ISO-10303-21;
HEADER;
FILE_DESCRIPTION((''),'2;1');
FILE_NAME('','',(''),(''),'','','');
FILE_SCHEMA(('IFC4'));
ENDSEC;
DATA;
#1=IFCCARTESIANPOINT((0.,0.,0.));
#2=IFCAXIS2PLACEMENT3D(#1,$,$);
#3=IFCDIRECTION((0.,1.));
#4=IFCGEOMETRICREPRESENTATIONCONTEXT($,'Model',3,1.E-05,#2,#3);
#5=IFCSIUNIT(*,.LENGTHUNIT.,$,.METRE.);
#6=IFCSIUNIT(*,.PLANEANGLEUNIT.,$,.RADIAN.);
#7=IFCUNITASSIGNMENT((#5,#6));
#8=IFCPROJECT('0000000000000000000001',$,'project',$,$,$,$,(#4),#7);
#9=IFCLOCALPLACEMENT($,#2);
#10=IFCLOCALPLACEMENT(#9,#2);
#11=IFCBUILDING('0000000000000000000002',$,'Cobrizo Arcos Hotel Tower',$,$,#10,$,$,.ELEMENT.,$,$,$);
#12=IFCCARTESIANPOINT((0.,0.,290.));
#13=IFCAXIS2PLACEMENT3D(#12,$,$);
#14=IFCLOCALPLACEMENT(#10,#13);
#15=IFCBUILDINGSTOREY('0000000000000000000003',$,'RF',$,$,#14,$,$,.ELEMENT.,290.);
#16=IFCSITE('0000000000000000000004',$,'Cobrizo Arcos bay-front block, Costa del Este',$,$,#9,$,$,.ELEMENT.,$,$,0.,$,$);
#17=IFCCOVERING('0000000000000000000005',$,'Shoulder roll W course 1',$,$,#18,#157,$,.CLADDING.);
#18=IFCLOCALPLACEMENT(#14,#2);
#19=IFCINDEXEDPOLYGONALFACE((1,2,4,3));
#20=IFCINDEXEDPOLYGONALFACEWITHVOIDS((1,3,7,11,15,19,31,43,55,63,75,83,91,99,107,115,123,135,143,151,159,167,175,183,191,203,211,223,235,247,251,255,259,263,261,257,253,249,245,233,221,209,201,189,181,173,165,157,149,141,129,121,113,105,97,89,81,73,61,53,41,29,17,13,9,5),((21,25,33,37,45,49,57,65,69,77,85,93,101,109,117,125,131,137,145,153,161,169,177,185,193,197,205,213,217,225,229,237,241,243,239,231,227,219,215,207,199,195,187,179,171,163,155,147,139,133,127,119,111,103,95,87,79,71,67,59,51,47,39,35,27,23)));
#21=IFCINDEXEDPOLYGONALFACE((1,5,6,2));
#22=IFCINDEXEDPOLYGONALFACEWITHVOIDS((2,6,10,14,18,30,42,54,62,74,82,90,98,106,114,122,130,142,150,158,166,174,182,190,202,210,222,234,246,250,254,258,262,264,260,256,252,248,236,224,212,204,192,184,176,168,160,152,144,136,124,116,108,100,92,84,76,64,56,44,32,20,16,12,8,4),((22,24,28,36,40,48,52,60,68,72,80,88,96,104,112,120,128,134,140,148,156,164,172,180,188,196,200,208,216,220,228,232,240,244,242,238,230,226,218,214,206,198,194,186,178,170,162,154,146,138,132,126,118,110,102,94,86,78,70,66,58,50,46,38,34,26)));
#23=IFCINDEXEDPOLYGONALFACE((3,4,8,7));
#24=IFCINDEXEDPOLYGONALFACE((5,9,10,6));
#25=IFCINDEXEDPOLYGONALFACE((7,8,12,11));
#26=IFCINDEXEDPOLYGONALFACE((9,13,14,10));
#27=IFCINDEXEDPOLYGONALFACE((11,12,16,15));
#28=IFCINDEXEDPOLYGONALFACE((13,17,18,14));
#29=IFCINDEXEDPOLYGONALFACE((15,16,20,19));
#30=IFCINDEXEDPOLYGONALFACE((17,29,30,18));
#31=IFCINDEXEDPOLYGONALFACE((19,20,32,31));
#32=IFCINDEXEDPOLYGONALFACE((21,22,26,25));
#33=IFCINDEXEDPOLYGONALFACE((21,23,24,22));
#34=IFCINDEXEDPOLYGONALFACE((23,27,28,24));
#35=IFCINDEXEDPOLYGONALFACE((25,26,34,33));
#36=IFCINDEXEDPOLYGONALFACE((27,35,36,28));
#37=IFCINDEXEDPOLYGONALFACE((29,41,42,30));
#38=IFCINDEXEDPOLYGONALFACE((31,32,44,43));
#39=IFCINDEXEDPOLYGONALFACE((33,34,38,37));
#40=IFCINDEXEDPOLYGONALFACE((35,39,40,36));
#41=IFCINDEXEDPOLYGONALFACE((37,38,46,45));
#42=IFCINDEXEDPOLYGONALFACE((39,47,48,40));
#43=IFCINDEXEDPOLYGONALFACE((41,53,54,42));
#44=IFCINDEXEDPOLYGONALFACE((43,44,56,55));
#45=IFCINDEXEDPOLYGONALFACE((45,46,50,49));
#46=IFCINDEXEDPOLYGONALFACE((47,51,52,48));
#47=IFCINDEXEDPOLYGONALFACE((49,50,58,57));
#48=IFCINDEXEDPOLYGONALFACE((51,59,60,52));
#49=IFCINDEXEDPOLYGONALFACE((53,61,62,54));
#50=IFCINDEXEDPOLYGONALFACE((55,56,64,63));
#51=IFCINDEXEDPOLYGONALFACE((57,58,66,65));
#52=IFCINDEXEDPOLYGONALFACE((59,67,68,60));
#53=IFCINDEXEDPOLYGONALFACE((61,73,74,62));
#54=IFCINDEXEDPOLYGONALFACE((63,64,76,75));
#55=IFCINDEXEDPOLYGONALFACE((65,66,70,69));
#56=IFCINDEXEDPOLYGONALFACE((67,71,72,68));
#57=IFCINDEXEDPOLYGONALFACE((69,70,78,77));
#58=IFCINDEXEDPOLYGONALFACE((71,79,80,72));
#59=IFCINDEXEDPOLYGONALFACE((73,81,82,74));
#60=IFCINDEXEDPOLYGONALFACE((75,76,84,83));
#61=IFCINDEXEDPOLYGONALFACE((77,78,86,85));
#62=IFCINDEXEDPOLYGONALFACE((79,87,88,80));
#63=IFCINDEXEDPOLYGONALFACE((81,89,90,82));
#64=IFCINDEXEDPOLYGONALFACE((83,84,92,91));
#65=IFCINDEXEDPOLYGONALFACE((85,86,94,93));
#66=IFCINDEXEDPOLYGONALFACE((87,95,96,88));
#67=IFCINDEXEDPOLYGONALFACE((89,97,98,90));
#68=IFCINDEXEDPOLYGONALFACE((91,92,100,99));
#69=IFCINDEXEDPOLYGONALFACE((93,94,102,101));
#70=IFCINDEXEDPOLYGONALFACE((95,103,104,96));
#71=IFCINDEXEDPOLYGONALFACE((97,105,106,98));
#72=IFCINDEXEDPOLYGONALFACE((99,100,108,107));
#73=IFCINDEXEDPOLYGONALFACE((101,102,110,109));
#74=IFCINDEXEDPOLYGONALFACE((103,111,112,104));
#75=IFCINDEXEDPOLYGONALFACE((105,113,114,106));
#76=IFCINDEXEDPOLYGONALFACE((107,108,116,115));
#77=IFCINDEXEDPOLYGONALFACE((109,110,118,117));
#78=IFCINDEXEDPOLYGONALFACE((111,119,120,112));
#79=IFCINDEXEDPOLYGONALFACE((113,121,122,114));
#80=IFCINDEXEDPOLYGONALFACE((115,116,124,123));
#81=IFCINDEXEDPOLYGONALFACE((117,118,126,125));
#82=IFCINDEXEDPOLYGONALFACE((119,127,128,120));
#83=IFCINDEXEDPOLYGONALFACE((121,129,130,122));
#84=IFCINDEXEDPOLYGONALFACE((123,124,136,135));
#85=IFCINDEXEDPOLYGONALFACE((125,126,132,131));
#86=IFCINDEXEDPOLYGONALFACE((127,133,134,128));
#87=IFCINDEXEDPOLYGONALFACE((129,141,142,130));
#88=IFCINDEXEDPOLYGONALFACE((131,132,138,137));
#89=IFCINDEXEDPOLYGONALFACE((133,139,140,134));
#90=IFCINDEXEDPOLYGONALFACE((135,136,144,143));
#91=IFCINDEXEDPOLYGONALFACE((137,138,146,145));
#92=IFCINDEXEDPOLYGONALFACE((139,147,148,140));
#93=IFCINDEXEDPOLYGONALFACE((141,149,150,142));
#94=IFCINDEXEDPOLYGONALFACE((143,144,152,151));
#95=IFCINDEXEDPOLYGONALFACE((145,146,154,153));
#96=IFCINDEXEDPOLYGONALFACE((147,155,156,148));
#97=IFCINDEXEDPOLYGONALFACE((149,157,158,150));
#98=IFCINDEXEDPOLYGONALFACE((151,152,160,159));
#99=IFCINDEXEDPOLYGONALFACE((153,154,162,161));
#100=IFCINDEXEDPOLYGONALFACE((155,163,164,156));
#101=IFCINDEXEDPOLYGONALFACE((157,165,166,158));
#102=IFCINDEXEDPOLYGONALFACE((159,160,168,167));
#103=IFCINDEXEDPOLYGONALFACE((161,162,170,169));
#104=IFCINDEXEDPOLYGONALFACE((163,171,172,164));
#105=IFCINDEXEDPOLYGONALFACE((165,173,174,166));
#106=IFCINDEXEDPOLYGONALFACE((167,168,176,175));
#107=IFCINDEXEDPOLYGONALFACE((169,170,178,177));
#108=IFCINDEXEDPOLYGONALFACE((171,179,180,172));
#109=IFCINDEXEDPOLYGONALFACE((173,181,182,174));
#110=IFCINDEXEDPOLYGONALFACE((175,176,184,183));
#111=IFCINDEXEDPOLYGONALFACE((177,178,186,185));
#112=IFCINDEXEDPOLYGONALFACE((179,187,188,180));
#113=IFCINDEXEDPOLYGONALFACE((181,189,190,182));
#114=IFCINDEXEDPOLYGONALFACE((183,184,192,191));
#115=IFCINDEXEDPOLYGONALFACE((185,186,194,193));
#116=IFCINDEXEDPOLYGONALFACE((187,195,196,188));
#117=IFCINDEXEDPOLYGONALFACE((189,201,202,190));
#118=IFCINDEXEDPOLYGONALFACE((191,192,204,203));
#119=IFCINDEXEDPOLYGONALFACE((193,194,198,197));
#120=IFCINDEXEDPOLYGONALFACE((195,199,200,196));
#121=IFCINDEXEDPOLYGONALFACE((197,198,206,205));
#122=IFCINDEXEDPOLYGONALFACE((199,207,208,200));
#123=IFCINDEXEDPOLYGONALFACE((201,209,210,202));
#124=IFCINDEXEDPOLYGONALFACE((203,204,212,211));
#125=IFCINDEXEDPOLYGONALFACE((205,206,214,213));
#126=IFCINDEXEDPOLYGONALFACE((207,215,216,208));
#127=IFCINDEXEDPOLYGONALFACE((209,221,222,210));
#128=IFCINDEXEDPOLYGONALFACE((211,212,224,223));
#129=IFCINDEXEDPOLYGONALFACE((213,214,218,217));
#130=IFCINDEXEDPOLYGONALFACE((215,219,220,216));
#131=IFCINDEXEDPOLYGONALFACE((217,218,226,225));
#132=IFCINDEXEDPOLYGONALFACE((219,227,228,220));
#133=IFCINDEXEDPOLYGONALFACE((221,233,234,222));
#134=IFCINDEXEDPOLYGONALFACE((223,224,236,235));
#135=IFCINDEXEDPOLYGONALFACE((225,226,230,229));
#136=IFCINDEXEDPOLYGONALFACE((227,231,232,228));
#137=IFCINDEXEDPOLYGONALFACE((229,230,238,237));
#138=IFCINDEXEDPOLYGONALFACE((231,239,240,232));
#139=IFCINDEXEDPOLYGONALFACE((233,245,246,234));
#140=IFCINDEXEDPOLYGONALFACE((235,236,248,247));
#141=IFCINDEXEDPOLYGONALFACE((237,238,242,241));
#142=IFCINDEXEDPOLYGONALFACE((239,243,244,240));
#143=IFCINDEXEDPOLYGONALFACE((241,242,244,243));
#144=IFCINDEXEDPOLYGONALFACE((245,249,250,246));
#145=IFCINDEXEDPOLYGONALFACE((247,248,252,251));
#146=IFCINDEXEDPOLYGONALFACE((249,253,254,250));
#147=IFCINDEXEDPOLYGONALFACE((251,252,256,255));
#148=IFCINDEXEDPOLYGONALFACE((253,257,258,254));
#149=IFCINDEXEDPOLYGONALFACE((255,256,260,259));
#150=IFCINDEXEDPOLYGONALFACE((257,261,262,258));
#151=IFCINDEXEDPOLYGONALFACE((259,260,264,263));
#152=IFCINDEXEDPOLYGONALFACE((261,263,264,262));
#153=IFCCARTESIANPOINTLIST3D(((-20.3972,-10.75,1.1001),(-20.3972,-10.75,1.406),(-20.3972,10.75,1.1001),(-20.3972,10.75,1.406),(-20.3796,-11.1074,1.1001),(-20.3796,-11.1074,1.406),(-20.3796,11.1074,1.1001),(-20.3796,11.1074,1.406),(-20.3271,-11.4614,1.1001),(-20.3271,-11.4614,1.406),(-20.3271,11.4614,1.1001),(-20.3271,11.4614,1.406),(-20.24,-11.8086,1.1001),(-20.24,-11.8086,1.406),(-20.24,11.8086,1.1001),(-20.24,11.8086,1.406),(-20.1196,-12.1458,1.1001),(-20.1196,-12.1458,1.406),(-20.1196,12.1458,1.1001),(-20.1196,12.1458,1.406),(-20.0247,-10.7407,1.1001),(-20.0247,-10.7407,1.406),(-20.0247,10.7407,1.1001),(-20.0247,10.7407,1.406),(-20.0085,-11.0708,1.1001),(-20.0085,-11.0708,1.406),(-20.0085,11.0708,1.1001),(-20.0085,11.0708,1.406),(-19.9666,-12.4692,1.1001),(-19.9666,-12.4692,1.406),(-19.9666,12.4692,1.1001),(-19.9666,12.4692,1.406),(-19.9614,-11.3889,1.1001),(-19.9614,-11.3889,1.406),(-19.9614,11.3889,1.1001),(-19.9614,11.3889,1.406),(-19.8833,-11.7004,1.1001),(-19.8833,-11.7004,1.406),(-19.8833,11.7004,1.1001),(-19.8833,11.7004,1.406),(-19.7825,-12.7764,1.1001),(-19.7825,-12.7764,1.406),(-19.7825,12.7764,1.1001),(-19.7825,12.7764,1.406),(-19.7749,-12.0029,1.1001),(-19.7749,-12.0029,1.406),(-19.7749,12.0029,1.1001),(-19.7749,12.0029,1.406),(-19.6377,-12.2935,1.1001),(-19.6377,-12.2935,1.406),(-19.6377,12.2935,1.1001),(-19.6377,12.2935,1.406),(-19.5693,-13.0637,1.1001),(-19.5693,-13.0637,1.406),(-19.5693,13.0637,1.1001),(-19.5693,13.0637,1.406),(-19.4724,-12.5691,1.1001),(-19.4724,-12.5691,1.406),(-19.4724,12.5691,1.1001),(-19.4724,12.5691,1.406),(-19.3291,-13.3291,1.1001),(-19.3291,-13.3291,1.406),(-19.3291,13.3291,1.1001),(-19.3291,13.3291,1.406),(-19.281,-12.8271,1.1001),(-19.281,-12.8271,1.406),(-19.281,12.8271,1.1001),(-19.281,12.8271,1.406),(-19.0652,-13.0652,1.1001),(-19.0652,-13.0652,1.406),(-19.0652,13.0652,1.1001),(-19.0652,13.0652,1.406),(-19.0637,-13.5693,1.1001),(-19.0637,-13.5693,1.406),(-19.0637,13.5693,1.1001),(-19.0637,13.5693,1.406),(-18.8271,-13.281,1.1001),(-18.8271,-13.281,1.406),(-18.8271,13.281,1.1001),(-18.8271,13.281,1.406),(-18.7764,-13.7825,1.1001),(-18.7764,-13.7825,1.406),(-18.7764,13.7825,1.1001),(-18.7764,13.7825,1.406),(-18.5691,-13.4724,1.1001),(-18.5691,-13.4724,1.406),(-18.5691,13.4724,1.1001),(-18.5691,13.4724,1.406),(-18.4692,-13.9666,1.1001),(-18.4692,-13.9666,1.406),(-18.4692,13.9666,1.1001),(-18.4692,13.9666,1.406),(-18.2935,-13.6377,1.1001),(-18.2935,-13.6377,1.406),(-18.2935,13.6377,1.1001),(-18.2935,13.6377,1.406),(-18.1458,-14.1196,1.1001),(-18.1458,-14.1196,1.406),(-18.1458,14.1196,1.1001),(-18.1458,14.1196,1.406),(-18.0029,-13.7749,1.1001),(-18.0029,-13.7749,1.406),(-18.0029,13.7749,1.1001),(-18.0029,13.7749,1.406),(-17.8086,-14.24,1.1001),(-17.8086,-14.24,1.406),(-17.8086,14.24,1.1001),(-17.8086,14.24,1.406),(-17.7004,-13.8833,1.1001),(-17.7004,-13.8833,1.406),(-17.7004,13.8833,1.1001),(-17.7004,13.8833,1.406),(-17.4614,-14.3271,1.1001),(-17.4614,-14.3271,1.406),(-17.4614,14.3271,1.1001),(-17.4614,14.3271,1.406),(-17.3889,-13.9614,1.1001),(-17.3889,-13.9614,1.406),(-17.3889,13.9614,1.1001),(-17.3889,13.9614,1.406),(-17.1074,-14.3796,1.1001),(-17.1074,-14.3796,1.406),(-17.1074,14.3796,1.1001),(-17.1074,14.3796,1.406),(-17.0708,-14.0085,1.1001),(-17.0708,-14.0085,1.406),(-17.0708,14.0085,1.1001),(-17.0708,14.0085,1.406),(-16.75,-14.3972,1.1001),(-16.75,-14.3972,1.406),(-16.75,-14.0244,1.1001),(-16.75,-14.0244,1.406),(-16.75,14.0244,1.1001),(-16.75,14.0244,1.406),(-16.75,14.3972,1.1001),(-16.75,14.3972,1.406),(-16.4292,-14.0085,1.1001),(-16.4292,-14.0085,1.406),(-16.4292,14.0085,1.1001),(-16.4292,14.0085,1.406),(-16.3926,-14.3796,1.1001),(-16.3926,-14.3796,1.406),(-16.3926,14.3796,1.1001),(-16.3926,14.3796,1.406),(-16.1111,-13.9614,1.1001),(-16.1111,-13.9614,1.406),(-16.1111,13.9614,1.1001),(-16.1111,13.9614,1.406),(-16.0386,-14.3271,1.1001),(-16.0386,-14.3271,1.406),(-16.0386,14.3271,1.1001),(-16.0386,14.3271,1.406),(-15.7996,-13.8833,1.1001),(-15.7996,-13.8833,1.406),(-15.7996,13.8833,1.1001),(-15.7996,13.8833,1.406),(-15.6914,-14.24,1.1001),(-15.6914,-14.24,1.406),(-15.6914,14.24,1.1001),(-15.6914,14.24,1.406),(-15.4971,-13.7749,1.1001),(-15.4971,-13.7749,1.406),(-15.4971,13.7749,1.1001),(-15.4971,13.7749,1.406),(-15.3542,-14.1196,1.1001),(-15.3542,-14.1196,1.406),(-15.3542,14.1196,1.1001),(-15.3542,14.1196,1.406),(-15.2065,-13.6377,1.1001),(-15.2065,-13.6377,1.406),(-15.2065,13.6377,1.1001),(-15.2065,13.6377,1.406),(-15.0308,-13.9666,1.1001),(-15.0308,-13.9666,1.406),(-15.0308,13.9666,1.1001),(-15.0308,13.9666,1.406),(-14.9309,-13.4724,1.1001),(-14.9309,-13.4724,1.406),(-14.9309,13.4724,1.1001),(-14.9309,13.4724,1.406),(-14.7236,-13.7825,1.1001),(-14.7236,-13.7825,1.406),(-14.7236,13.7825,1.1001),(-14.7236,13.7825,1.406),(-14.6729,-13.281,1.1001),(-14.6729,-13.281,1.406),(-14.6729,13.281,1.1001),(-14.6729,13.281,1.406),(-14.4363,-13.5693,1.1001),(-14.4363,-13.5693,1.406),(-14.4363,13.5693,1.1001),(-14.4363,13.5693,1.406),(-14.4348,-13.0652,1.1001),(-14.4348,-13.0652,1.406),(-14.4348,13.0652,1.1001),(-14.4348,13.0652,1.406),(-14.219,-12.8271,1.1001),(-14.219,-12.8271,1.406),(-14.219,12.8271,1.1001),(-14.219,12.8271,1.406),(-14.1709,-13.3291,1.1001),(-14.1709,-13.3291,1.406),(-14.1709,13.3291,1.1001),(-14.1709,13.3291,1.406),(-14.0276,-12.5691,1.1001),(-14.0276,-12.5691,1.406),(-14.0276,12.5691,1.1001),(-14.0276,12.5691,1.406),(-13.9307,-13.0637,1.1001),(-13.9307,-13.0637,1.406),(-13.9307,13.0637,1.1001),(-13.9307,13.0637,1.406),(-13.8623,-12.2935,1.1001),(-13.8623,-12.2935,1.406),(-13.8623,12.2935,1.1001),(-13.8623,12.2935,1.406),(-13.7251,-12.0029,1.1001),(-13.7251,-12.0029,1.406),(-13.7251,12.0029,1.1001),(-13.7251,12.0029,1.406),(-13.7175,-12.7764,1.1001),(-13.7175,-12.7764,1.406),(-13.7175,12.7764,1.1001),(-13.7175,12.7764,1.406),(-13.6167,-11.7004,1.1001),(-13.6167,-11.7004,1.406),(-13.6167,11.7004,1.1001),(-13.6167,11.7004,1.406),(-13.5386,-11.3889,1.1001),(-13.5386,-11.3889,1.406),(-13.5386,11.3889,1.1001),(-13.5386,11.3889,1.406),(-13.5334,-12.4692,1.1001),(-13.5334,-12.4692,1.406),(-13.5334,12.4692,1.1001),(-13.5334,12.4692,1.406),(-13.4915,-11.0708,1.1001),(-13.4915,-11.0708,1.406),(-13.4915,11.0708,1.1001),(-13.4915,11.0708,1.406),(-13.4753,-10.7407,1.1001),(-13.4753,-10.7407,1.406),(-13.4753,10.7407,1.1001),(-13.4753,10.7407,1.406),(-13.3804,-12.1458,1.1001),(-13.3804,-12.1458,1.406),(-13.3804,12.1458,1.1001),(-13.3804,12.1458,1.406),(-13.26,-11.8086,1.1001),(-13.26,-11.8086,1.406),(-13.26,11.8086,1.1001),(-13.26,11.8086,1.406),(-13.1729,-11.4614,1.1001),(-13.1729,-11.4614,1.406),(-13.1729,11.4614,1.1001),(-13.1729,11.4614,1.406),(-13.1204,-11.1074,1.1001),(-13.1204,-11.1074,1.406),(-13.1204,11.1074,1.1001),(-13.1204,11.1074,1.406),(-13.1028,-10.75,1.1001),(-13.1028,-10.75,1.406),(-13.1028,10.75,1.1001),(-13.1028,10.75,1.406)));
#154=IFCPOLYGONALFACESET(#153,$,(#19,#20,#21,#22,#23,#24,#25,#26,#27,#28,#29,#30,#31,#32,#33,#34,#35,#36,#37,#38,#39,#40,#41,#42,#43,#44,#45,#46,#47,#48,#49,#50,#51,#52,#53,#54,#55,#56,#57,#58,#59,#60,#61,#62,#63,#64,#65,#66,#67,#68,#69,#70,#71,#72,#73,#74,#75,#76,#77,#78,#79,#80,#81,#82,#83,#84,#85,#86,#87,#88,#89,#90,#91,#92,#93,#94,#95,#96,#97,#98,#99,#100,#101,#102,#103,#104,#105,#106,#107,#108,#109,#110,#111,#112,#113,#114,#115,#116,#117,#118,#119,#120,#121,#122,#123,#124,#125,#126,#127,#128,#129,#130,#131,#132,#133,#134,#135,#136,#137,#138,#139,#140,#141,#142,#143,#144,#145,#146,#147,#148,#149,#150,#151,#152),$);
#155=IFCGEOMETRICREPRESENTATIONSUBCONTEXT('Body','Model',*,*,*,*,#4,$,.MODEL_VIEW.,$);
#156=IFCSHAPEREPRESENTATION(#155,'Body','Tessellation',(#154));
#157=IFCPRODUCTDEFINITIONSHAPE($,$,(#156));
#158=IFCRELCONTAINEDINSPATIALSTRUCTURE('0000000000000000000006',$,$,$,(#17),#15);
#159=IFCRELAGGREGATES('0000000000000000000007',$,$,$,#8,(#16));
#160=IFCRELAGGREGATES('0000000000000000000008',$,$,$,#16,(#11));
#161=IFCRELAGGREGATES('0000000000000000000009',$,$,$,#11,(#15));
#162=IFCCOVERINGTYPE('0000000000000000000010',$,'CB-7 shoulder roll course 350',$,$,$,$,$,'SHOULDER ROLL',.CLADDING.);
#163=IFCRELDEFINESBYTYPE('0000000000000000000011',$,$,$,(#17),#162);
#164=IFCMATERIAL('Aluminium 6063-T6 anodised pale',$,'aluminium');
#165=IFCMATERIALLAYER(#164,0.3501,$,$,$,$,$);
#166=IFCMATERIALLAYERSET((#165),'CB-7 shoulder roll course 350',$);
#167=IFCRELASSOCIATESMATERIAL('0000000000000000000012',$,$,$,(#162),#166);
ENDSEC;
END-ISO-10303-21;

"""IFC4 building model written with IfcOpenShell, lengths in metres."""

from ifc_helpers import new_model, si_unit, direction, frame, origin, place, context, subcontext, project, spatial, polyline, outline, extrude, material, layer, layer_set, type_object, element, save


model = new_model("IFC4")

# Units and contexts
model_context = context("Model", 3, precision=1e-05, world=origin(), true_north=direction((0.0, 1.0)))
body_context = subcontext(model_context, "Body", "Model", "MODEL_VIEW")
ifc_project = project(units=[si_unit("LENGTHUNIT", "METRE"), si_unit("PLANEANGLEUNIT", "RADIAN")], contexts=[model_context])

# Site, building, storey
site_placement = place(None, origin())
site = spatial("IfcSite", under=ifc_project, at=site_placement, Name="Cobrizo Arcos bay-front block, Costa del Este", CompositionType="ELEMENT", RefElevation=0.0)
building_placement = place(site_placement, origin())
building = spatial("IfcBuilding", under=site, at=building_placement, Name="Cobrizo Arcos Hotel Tower", CompositionType="ELEMENT")
storey_placement = place(building_placement, frame((0.0, 0.0, 290.0)))
storey = spatial("IfcBuildingStorey", under=building, at=storey_placement, Name="RF", CompositionType="ELEMENT", Elevation=290.0)

# Covering
ifc_material_1 = material(Name="Aluminium 6063-T6 anodised pale", Category="aluminium")
ifc_layer_1 = layer(ifc_material_1, 0.3501)
ifc_layer_set_1 = layer_set([ifc_layer_1], Name="CB-7 shoulder roll course 350")
covering_type = type_object("IfcCoveringType", Name="CB-7 shoulder roll course 350", ElementType="SHOULDER ROLL", PredefinedType="CLADDING", material=ifc_layer_set_1)
covering_placement = place(storey_placement, frame((0.0, 0.0, 1.1001)))
element("IfcCovering", 1, at=covering_placement, inside=storey, type_object=covering_type, Name="Shoulder roll W course 1", PredefinedType="CLADDING", context=body_context, shape_type="SweptSolid", body=[
    extrude(outline(polyline([(-20.3972, 10.75), (-20.3796, 11.1074), (-20.3271, 11.4614), (-20.24, 11.8086), (-20.1196, 12.1458), (-19.9666, 12.4692), (-19.7825, 12.7764), (-19.5693, 13.0637), (-19.3291, 13.3291), (-19.0637, 13.5693), (-18.7764, 13.7825), (-18.4692, 13.9666), (-18.1458, 14.1196), (-17.8086, 14.24), (-17.4614, 14.3271), (-17.1074, 14.3796), (-16.75, 14.3972), (-16.3926, 14.3796), (-16.0386, 14.3271), (-15.6914, 14.24), (-15.3542, 14.1196), (-15.0308, 13.9666), (-14.7236, 13.7825), (-14.4363, 13.5693), (-14.1709, 13.3291), (-13.9307, 13.0637), (-13.7175, 12.7764), (-13.5334, 12.4692), (-13.3804, 12.1458), (-13.26, 11.8086), (-13.1729, 11.4614), (-13.1204, 11.1074), (-13.1028, 10.75), (-13.1028, -10.75), (-13.1204, -11.1074), (-13.1729, -11.4614), (-13.26, -11.8086), (-13.3804, -12.1458), (-13.5334, -12.4692), (-13.7175, -12.7764), (-13.9307, -13.0637), (-14.1709, -13.3291), (-14.4363, -13.5693), (-14.7236, -13.7825), (-15.0308, -13.9666), (-15.3542, -14.1196), (-15.6914, -14.24), (-16.0386, -14.3271), (-16.3926, -14.3796), (-16.75, -14.3972), (-17.1074, -14.3796), (-17.4614, -14.3271), (-17.8086, -14.24), (-18.1458, -14.1196), (-18.4692, -13.9666), (-18.7764, -13.7825), (-19.0637, -13.5693), (-19.3291, -13.3291), (-19.5693, -13.0637), (-19.7825, -12.7764), (-19.9666, -12.4692), (-20.1196, -12.1458), (-20.24, -11.8086), (-20.3271, -11.4614), (-20.3796, -11.1074), (-20.3972, -10.75), (-20.3972, 10.75)]), holes=[polyline([(-20.0247, 10.7407), (-20.0085, 11.0708), (-19.9614, 11.3889), (-19.8833, 11.7004), (-19.7749, 12.0029), (-19.6377, 12.2935), (-19.4724, 12.5691), (-19.281, 12.8271), (-19.0652, 13.0652), (-18.8271, 13.281), (-18.5691, 13.4724), (-18.2935, 13.6377), (-18.0029, 13.7749), (-17.7004, 13.8833), (-17.3889, 13.9614), (-17.0708, 14.0085), (-16.75, 14.0244), (-16.4292, 14.0085), (-16.1111, 13.9614), (-15.7996, 13.8833), (-15.4971, 13.7749), (-15.2065, 13.6377), (-14.9309, 13.4724), (-14.6729, 13.281), (-14.4348, 13.0652), (-14.219, 12.8271), (-14.0276, 12.5691), (-13.8623, 12.2935), (-13.7251, 12.0029), (-13.6167, 11.7004), (-13.5386, 11.3889), (-13.4915, 11.0708), (-13.4753, 10.7407), (-13.4753, -10.7407), (-13.4915, -11.0708), (-13.5386, -11.3889), (-13.6167, -11.7004), (-13.7251, -12.0029), (-13.8623, -12.2935), (-14.0276, -12.5691), (-14.219, -12.8271), (-14.4348, -13.0652), (-14.6729, -13.281), (-14.9309, -13.4724), (-15.2065, -13.6377), (-15.4971, -13.7749), (-15.7996, -13.8833), (-16.1111, -13.9614), (-16.4292, -14.0085), (-16.75, -14.0244), (-17.0708, -14.0085), (-17.3889, -13.9614), (-17.7004, -13.8833), (-18.0029, -13.7749), (-18.2935, -13.6377), (-18.5691, -13.4724), (-18.8271, -13.281), (-19.0652, -13.0652), (-19.281, -12.8271), (-19.4724, -12.5691), (-19.6377, -12.2935), (-19.7749, -12.0029), (-19.8833, -11.7004), (-19.9614, -11.3889), (-20.0085, -11.0708), (-20.0247, -10.7407), (-20.0247, 10.7407)])]), origin(), (0.0, 0.0, 1.0), 0.3059),
])

save(model, "model.ifc")
